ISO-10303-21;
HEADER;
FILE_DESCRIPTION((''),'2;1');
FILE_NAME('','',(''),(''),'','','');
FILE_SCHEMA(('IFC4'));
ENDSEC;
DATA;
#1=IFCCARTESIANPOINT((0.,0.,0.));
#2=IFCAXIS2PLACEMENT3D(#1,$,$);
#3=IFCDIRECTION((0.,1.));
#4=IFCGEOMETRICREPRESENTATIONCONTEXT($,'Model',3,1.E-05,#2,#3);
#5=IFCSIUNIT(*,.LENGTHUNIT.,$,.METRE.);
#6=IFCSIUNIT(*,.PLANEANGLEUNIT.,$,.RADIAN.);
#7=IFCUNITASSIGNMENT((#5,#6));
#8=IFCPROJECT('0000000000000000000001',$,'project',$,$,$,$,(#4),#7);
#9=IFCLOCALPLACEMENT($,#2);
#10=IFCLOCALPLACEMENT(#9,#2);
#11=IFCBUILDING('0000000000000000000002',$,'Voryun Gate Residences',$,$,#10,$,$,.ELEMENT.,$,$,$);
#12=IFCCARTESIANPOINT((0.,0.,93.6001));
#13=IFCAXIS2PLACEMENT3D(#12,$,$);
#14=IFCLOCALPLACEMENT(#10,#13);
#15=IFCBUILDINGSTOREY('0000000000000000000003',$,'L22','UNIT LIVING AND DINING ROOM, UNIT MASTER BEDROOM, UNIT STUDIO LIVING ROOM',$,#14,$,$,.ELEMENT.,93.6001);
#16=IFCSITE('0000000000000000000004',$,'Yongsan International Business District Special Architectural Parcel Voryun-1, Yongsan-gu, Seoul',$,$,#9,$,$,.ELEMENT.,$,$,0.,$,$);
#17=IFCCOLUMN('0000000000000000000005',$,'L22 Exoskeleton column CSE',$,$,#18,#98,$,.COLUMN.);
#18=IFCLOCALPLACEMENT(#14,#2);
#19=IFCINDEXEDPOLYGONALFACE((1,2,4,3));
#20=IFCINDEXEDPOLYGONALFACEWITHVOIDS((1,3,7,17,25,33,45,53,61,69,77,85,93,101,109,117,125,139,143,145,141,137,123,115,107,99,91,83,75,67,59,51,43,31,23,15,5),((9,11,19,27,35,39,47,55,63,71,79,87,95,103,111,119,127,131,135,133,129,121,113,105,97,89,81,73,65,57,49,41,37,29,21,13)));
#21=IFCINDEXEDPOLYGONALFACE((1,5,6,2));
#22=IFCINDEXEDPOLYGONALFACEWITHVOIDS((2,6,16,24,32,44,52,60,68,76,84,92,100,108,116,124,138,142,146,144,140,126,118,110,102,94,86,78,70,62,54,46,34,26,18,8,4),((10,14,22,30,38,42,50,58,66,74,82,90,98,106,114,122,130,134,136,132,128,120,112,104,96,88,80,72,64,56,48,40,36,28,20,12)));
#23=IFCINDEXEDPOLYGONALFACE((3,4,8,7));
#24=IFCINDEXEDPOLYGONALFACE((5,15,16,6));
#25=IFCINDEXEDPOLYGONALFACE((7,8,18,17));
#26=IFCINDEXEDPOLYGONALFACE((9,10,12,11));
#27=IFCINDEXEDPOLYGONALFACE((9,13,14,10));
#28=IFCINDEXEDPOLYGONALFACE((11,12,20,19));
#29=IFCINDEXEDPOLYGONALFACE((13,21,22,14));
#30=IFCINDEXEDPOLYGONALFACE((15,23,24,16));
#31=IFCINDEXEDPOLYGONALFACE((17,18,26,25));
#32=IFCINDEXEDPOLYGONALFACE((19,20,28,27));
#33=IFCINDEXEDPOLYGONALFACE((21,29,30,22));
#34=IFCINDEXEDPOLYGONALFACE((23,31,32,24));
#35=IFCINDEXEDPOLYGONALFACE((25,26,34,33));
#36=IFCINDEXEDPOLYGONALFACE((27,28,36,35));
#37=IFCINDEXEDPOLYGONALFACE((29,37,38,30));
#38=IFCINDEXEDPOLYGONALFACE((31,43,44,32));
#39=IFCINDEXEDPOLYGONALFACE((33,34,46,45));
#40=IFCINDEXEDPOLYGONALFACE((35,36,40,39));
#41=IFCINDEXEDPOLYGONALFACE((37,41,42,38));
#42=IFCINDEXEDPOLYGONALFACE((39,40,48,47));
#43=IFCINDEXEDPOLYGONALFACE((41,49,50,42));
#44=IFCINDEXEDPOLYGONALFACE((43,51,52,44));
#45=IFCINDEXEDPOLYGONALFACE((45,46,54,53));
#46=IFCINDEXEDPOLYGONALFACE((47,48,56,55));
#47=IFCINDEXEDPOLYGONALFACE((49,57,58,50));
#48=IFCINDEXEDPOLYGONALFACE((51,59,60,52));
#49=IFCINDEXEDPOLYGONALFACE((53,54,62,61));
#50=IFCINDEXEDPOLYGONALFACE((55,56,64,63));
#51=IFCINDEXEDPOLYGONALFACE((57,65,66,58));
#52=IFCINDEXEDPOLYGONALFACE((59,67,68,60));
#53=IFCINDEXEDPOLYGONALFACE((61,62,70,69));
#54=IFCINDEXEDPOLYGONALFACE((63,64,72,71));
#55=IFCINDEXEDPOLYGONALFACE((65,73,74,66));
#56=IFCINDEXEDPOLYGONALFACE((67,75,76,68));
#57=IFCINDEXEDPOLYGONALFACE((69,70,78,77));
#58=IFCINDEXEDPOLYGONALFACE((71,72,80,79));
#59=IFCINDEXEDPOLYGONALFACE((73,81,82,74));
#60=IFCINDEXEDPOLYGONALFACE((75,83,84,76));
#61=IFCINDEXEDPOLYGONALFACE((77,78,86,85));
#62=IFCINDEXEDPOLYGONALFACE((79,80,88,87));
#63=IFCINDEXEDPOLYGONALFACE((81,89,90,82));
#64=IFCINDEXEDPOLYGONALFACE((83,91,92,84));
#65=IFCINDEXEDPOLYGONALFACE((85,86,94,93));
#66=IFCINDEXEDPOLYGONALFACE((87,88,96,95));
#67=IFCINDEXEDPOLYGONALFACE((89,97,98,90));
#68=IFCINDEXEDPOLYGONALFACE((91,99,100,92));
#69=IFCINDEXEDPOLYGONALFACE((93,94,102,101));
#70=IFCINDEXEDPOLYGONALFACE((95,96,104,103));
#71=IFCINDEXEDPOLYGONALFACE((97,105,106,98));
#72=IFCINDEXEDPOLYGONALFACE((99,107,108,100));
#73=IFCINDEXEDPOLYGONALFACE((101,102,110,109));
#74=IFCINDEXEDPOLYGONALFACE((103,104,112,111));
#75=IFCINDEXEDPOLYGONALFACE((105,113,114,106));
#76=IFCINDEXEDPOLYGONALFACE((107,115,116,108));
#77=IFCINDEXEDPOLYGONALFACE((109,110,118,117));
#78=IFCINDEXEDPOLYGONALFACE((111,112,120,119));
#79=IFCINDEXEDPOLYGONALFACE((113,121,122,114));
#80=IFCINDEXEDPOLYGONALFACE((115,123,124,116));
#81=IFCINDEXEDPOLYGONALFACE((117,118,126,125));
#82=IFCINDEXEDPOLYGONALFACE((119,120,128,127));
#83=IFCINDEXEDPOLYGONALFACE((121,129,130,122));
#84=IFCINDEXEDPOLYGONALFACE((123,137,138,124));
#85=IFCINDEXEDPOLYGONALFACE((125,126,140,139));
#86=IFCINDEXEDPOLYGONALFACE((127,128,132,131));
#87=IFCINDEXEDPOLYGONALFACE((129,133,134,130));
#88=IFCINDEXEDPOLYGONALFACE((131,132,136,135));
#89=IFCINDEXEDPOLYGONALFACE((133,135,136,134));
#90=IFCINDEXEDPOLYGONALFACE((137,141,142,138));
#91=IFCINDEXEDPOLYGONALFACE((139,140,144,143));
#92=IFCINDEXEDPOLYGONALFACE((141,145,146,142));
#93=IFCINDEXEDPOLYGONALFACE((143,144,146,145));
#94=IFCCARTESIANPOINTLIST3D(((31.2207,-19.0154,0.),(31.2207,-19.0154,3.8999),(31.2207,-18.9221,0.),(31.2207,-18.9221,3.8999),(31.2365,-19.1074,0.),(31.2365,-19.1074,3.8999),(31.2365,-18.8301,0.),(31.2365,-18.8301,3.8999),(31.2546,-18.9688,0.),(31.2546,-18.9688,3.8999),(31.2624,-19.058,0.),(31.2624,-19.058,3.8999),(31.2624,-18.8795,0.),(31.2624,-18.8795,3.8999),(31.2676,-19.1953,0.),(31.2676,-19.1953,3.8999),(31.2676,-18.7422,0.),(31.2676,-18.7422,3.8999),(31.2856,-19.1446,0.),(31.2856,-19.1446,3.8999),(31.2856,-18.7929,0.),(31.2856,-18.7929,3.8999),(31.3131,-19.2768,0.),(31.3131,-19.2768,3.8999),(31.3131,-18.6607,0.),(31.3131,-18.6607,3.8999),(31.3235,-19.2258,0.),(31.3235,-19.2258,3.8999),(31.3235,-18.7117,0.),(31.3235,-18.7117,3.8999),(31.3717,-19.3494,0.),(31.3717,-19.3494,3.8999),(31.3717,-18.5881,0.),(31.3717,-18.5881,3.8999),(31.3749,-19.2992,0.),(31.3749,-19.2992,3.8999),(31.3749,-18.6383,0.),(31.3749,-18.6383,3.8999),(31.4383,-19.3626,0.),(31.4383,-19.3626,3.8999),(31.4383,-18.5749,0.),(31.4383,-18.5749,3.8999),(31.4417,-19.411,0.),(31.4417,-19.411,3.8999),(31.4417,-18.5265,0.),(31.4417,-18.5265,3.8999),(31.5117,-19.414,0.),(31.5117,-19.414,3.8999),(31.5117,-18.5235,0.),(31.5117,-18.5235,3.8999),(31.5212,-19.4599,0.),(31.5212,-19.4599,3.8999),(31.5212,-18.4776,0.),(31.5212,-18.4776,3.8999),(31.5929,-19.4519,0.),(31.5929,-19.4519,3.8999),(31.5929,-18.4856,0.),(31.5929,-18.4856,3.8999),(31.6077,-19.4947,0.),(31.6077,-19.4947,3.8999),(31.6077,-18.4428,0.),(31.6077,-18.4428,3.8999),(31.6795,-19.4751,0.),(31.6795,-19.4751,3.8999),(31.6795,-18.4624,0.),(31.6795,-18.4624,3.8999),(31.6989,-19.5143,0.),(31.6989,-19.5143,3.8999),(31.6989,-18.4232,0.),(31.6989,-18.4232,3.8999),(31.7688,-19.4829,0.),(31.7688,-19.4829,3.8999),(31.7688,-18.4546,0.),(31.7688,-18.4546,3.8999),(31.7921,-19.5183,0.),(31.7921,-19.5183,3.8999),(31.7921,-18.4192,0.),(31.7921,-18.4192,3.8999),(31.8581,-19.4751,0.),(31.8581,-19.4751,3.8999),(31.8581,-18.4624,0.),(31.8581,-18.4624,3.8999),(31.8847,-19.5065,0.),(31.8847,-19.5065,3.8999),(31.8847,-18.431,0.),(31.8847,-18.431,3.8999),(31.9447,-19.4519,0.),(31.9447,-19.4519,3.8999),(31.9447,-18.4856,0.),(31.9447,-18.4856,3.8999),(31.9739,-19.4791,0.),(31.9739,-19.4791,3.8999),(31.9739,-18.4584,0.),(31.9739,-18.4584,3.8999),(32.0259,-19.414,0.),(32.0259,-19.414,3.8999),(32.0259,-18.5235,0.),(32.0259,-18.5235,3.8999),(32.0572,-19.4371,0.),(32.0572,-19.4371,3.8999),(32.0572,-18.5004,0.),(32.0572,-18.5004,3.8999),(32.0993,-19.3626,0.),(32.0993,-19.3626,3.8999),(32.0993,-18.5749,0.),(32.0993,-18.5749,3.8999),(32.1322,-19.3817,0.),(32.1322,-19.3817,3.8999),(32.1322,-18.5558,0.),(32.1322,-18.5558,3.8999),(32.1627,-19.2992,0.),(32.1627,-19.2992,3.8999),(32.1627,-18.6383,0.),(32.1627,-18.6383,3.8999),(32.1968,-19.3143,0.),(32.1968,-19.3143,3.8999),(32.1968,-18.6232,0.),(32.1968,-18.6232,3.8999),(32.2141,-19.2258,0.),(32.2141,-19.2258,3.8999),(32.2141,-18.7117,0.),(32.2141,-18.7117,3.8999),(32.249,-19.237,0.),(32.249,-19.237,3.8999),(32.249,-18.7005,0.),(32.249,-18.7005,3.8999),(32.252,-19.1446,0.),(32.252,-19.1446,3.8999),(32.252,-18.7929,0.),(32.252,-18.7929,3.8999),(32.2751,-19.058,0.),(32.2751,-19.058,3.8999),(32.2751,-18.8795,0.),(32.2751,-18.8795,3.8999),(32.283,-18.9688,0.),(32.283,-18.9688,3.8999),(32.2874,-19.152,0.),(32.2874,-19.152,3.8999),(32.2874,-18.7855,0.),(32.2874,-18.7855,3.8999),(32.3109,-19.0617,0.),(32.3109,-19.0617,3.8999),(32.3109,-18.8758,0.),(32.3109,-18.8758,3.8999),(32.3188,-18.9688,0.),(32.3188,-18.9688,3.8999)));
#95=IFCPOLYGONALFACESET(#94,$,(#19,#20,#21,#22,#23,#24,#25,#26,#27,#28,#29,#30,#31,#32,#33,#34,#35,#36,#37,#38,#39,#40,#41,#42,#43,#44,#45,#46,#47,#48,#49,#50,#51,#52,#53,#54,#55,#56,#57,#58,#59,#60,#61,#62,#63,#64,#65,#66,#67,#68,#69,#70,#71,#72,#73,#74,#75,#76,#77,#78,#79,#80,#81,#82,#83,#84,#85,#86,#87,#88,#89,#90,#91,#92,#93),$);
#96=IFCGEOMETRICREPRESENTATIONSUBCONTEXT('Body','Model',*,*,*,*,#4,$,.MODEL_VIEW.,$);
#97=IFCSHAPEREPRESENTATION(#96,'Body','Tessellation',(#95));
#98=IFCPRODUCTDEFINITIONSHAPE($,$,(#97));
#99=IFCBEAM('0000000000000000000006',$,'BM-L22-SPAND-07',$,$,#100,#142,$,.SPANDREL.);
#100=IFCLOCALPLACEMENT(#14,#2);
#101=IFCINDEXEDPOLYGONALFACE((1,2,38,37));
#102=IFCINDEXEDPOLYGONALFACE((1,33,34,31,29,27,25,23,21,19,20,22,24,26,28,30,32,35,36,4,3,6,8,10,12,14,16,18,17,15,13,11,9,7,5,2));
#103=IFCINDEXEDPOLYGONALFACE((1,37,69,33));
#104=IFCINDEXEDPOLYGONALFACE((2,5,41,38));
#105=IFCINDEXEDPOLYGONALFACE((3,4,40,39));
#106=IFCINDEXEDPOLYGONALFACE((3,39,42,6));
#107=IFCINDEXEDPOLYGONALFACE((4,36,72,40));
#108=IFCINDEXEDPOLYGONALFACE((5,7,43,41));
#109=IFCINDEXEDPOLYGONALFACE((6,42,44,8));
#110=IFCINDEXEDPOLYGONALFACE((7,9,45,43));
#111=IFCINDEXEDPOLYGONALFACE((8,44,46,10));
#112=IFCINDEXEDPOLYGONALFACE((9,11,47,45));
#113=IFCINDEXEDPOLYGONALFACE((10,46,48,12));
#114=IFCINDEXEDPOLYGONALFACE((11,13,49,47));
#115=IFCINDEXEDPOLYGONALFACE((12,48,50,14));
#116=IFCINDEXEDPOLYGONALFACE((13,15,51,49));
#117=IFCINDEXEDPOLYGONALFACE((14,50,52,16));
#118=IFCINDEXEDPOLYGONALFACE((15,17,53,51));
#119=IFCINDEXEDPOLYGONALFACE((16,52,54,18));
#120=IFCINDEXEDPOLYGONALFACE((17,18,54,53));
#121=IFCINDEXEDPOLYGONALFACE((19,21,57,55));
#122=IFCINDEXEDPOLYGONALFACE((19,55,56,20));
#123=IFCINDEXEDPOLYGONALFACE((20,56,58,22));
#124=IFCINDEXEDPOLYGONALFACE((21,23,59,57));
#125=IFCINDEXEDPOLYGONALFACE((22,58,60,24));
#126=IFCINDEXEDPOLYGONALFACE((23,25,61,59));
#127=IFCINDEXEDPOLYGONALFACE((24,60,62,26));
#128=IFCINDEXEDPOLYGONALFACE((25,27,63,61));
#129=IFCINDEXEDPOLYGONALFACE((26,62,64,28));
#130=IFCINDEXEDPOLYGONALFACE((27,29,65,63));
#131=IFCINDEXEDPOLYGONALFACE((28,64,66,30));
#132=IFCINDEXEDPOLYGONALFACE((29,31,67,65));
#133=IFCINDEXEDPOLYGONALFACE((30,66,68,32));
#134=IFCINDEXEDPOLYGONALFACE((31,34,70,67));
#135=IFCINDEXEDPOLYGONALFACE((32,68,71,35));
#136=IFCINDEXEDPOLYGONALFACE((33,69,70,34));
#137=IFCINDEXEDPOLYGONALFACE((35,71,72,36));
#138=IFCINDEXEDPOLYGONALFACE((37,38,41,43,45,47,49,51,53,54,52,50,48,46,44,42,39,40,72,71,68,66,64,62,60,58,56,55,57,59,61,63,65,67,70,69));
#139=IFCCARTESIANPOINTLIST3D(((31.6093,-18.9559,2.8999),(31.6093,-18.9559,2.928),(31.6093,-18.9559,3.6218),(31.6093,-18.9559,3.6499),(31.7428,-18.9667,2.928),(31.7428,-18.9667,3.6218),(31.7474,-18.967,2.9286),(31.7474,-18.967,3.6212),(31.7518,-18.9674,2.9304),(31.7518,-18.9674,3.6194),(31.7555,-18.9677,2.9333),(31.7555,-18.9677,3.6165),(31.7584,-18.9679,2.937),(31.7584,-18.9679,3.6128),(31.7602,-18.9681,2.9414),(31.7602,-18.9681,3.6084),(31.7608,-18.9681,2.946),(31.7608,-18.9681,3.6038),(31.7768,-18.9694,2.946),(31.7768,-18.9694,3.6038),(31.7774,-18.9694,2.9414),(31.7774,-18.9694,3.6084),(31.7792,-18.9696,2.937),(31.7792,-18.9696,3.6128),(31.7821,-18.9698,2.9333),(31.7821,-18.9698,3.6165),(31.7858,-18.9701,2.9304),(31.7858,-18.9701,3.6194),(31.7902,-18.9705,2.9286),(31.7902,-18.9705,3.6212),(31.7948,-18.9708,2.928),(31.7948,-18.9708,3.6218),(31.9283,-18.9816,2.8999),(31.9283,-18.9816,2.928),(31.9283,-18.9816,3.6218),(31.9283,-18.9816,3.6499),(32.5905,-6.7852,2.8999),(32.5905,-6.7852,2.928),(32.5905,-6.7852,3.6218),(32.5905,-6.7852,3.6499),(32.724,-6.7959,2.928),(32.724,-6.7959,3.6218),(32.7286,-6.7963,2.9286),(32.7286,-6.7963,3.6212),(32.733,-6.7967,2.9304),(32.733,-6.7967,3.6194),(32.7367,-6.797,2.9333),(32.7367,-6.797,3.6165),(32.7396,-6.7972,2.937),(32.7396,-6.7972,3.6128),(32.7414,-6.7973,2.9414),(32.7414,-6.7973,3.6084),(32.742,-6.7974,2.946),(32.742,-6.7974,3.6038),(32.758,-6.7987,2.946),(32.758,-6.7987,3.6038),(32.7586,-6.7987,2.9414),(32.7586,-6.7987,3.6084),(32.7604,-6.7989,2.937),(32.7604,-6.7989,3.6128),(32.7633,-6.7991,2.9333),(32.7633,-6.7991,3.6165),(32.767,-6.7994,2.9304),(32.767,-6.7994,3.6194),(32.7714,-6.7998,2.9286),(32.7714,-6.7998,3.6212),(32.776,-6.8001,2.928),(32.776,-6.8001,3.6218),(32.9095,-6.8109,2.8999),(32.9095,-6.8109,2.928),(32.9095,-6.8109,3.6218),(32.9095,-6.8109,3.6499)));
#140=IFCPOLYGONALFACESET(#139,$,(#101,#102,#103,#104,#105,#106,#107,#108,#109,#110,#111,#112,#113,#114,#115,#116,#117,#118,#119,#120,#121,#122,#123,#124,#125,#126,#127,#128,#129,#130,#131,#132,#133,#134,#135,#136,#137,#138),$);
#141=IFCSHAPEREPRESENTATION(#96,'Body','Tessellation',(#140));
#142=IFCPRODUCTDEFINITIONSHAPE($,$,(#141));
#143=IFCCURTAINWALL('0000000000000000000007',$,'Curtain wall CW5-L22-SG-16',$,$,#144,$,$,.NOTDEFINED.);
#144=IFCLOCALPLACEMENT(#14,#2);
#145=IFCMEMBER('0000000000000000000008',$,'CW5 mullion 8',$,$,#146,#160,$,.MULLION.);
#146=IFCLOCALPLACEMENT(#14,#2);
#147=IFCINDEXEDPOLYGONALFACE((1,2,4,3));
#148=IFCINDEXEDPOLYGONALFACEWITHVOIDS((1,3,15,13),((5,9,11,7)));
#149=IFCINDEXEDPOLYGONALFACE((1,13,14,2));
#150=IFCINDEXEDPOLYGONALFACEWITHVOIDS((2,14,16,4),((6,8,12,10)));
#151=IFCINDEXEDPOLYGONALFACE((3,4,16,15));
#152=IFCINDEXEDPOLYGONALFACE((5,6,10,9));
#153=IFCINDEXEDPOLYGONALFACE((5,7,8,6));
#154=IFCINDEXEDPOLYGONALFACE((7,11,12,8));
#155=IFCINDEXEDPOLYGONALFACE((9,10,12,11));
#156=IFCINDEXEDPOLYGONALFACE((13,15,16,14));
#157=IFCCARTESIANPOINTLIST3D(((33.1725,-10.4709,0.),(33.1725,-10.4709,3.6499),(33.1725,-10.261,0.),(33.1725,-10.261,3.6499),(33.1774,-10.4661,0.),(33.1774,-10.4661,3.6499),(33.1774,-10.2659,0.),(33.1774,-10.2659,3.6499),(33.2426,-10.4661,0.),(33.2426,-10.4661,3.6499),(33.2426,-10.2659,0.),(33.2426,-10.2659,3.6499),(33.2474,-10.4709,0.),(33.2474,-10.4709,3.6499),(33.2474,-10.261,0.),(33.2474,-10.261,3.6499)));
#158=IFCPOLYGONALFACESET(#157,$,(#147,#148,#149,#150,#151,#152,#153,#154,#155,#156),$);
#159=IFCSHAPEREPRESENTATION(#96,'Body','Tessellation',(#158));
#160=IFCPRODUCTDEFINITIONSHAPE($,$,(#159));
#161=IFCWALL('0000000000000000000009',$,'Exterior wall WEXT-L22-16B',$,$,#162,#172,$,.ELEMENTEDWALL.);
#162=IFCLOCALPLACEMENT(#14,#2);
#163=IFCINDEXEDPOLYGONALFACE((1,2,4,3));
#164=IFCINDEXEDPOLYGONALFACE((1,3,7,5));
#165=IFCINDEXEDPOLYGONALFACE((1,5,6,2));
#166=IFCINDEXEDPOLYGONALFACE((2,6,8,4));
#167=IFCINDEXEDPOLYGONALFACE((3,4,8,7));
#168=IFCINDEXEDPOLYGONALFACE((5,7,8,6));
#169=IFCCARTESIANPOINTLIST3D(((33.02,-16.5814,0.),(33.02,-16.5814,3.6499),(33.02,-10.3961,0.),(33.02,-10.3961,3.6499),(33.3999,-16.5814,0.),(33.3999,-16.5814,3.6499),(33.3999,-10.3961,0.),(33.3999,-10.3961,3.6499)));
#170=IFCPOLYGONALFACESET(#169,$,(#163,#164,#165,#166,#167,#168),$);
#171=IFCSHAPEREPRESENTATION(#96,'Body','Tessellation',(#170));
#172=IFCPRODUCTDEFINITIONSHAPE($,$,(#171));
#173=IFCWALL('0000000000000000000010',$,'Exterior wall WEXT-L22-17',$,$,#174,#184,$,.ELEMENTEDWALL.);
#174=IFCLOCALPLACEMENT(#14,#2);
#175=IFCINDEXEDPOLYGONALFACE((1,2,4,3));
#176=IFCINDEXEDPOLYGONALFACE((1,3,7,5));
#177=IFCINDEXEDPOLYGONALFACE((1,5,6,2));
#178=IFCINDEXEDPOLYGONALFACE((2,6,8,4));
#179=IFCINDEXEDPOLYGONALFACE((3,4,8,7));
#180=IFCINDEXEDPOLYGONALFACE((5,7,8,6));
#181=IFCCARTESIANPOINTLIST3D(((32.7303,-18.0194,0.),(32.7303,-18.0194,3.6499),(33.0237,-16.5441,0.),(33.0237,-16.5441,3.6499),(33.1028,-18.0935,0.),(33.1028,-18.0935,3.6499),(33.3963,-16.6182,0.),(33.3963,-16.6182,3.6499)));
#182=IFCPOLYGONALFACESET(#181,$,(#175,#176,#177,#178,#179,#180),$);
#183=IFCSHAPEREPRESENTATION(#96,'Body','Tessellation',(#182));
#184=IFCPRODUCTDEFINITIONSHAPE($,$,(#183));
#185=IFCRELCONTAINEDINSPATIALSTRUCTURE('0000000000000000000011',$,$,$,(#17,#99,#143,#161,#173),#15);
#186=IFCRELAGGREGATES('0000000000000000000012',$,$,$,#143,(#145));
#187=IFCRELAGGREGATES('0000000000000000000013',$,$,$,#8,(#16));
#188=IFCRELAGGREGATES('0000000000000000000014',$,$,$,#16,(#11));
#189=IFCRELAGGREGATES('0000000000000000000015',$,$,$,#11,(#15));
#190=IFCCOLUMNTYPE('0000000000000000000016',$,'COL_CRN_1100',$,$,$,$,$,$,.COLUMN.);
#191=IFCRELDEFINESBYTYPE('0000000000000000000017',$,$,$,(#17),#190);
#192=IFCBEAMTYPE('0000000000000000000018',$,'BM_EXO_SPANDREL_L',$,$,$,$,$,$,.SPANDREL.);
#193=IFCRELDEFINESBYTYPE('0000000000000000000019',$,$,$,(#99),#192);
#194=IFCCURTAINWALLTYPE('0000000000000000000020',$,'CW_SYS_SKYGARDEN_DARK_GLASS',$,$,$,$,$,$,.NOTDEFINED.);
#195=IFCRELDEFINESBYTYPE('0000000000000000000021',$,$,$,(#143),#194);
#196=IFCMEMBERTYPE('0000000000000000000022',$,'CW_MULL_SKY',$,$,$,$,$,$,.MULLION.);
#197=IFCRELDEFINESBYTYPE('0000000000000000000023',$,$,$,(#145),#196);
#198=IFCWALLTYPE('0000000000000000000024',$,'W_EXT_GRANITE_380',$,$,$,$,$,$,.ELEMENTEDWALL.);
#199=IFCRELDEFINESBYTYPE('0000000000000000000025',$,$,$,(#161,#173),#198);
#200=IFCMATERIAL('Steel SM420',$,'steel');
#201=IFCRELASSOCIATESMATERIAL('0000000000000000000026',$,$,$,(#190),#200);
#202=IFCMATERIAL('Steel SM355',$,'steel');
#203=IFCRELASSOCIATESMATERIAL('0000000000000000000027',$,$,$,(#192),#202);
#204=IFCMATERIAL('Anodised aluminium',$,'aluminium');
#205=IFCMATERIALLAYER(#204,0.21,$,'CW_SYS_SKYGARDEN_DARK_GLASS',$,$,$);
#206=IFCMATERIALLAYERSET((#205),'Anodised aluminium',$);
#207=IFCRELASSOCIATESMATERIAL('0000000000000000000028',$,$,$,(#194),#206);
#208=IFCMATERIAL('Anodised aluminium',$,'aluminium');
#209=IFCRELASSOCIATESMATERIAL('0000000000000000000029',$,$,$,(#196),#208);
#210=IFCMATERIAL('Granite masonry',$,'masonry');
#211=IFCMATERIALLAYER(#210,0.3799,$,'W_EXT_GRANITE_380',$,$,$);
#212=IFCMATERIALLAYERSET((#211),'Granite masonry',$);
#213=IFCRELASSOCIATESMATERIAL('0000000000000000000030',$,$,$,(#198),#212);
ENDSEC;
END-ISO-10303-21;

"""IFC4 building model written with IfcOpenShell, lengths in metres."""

from ifc_helpers import new_model, si_unit, direction, frame, frame_2d, origin, origin_2d, place, context, subcontext, project, spatial, rectangle, hollow_rectangle, hollow_circle, i_section, extrude, material, layer, layer_set, material_profile, profile_set, type_object, element, aggregate, save


model = new_model("IFC4")

# Units and contexts
model_context = context("Model", 3, precision=1e-05, world=origin(), true_north=direction((0.0, 1.0)))
body_context = subcontext(model_context, "Body", "Model", "MODEL_VIEW")
ifc_project = project(units=[si_unit("LENGTHUNIT", "METRE"), si_unit("PLANEANGLEUNIT", "RADIAN")], contexts=[model_context])

# Site, building, storey
site_placement = place(None, origin())
site = spatial("IfcSite", under=ifc_project, at=site_placement, Name="Yongsan International Business District Special Architectural Parcel Voryun-1, Yongsan-gu, Seoul", CompositionType="ELEMENT", RefElevation=0.0)
building_placement = place(site_placement, origin())
building = spatial("IfcBuilding", under=site, at=building_placement, Name="Voryun Gate Residences", CompositionType="ELEMENT")
storey_placement = place(building_placement, frame((0.0, 0.0, 93.6001)))
storey = spatial("IfcBuildingStorey", under=building, at=storey_placement, Name="L22", Description="UNIT LIVING AND DINING ROOM, UNIT MASTER BEDROOM, UNIT STUDIO LIVING ROOM", CompositionType="ELEMENT", Elevation=93.6001)

# Column
ifc_material_1 = material(Name="Steel SM420", Category="steel")
ifc_material_profile_1 = material_profile(ifc_material_1, hollow_circle(Radius=0.55, WallThickness=0.0359, at=origin_2d()), Name="CHS-1100x36")
ifc_profile_set_1 = profile_set([ifc_material_profile_1], Name="Steel SM420")
column_type = type_object("IfcColumnType", Name="COL_CRN_1100", PredefinedType="COLUMN", material=ifc_profile_set_1)
column_placement = place(storey_placement, frame((31.7688, -18.9688, 0.0), z_axis=(0.0, 0.0, 1.0), x_axis=(1.0, 0.0, 0.0)))
element("IfcColumn", 1, at=column_placement, inside=storey, type_object=column_type, Name="L22 Exoskeleton column CSE", PredefinedType="COLUMN", context=body_context, shape_type="SweptSolid", body=[
    extrude(hollow_circle(Radius=0.55, WallThickness=0.0359, at=origin_2d()), origin(), (0.0, 0.0, 1.0), 3.8999),
])

# Beam
ifc_material_2 = material(Name="Steel SM355", Category="steel")
ifc_material_profile_2 = material_profile(ifc_material_2, i_section(OverallWidth=0.3201, OverallDepth=0.75, WebThickness=0.0161, FlangeThickness=0.0281, FilletRadius=0.0181, at=origin_2d()), Name="H-750x320x16x28")
ifc_profile_set_2 = profile_set([ifc_material_profile_2], Name="Steel SM355")
beam_type = type_object("IfcBeamType", Name="BM_EXO_SPANDREL_L", PredefinedType="SPANDREL", material=ifc_profile_set_2)
beam_placement = place(storey_placement, frame((31.7688, -18.9688, 3.2749), z_axis=(0.08036, 0.996766, 0.0), x_axis=(-0.996766, 0.08036, 0.0)))
element("IfcBeam", 2, at=beam_placement, inside=storey, type_object=beam_type, Name="BM-L22-SPAND-07", PredefinedType="SPANDREL", context=body_context, shape_type="SweptSolid", body=[
    extrude(i_section(OverallWidth=0.3201, OverallDepth=0.75, WebThickness=0.0161, FlangeThickness=0.0281, FilletRadius=0.0181, at=origin_2d()), origin(), (0.0, 0.0, 1.0), 12.2102),
])

# Curtain wall, member
ifc_material_3 = material(Name="Anodised aluminium", Category="aluminium")
ifc_layer_1 = layer(ifc_material_3, 0.21, Name="CW_SYS_SKYGARDEN_DARK_GLASS")
ifc_layer_set_1 = layer_set([ifc_layer_1], Name="Anodised aluminium")
curtain_wall_type = type_object("IfcCurtainWallType", Name="CW_SYS_SKYGARDEN_DARK_GLASS", PredefinedType="NOTDEFINED", material=ifc_layer_set_1)
curtain_wall_placement = place(storey_placement, origin())
curtain_wall = element("IfcCurtainWall", 3, at=curtain_wall_placement, inside=storey, type_object=curtain_wall_type, Name="Curtain wall CW5-L22-SG-16", PredefinedType="NOTDEFINED")
ifc_material_4 = material(Name="Anodised aluminium", Category="aluminium")
ifc_material_profile_3 = material_profile(ifc_material_4, hollow_rectangle(XDim=0.075, YDim=0.21, WallThickness=0.0049, at=origin_2d()), Name="ALU-MULL-210x75x5")
ifc_profile_set_3 = profile_set([ifc_material_profile_3], Name="Anodised aluminium")
member_type = type_object("IfcMemberType", Name="CW_MULL_SKY", PredefinedType="MULLION", material=ifc_profile_set_3)
member_placement = place(storey_placement, frame((33.21, -10.366, 0.0), z_axis=(0.0, 0.0, 1.0), x_axis=(1.0, 0.0, 0.0)))
member = element("IfcMember", 4, at=member_placement, type_object=member_type, Name="CW5 mullion 8", PredefinedType="MULLION", context=body_context, shape_type="SweptSolid", body=[
    extrude(hollow_rectangle(XDim=0.075, YDim=0.21, WallThickness=0.0049, at=origin_2d()), origin(), (0.0, 0.0, 1.0), 3.6499),
])
aggregate(curtain_wall, [member])

# Walls
ifc_material_5 = material(Name="Granite masonry", Category="masonry")
ifc_layer_2 = layer(ifc_material_5, 0.3799, Name="W_EXT_GRANITE_380")
ifc_layer_set_2 = layer_set([ifc_layer_2], Name="Granite masonry")
wall_type_1 = type_object("IfcWallType", Name="W_EXT_GRANITE_380", PredefinedType="ELEMENTEDWALL", material=ifc_layer_set_2)
wall_1_placement = place(storey_placement, frame((33.21, -10.396, 0.0), z_axis=(0.0, 0.0, 1.0), x_axis=(0.0, -1.0, 0.0)))
element("IfcWall", 5, at=wall_1_placement, inside=storey, type_object=wall_type_1, Name="Exterior wall WEXT-L22-16B", PredefinedType="ELEMENTEDWALL", context=body_context, shape_type="SweptSolid", body=[
    extrude(rectangle(XDim=6.1853, YDim=0.3799, at=frame_2d((3.0928, 0.0))), origin(), (0.0, 0.0, 1.0), 3.6499),
])
wall_2_placement = place(storey_placement, frame((33.21, -16.5813, 0.0), z_axis=(0.0, 0.0, 1.0), x_axis=(-0.195086, -0.980786, 0.0)))
element("IfcWall", 6, at=wall_2_placement, inside=storey, type_object=wall_type_1, Name="Exterior wall WEXT-L22-17", PredefinedType="ELEMENTEDWALL", context=body_context, shape_type="SweptSolid", body=[
    extrude(rectangle(XDim=1.5042, YDim=0.3799, at=frame_2d((0.752, 0.0))), origin(), (0.0, 0.0, 1.0), 3.6499),
])

save(model, "model.ifc")
